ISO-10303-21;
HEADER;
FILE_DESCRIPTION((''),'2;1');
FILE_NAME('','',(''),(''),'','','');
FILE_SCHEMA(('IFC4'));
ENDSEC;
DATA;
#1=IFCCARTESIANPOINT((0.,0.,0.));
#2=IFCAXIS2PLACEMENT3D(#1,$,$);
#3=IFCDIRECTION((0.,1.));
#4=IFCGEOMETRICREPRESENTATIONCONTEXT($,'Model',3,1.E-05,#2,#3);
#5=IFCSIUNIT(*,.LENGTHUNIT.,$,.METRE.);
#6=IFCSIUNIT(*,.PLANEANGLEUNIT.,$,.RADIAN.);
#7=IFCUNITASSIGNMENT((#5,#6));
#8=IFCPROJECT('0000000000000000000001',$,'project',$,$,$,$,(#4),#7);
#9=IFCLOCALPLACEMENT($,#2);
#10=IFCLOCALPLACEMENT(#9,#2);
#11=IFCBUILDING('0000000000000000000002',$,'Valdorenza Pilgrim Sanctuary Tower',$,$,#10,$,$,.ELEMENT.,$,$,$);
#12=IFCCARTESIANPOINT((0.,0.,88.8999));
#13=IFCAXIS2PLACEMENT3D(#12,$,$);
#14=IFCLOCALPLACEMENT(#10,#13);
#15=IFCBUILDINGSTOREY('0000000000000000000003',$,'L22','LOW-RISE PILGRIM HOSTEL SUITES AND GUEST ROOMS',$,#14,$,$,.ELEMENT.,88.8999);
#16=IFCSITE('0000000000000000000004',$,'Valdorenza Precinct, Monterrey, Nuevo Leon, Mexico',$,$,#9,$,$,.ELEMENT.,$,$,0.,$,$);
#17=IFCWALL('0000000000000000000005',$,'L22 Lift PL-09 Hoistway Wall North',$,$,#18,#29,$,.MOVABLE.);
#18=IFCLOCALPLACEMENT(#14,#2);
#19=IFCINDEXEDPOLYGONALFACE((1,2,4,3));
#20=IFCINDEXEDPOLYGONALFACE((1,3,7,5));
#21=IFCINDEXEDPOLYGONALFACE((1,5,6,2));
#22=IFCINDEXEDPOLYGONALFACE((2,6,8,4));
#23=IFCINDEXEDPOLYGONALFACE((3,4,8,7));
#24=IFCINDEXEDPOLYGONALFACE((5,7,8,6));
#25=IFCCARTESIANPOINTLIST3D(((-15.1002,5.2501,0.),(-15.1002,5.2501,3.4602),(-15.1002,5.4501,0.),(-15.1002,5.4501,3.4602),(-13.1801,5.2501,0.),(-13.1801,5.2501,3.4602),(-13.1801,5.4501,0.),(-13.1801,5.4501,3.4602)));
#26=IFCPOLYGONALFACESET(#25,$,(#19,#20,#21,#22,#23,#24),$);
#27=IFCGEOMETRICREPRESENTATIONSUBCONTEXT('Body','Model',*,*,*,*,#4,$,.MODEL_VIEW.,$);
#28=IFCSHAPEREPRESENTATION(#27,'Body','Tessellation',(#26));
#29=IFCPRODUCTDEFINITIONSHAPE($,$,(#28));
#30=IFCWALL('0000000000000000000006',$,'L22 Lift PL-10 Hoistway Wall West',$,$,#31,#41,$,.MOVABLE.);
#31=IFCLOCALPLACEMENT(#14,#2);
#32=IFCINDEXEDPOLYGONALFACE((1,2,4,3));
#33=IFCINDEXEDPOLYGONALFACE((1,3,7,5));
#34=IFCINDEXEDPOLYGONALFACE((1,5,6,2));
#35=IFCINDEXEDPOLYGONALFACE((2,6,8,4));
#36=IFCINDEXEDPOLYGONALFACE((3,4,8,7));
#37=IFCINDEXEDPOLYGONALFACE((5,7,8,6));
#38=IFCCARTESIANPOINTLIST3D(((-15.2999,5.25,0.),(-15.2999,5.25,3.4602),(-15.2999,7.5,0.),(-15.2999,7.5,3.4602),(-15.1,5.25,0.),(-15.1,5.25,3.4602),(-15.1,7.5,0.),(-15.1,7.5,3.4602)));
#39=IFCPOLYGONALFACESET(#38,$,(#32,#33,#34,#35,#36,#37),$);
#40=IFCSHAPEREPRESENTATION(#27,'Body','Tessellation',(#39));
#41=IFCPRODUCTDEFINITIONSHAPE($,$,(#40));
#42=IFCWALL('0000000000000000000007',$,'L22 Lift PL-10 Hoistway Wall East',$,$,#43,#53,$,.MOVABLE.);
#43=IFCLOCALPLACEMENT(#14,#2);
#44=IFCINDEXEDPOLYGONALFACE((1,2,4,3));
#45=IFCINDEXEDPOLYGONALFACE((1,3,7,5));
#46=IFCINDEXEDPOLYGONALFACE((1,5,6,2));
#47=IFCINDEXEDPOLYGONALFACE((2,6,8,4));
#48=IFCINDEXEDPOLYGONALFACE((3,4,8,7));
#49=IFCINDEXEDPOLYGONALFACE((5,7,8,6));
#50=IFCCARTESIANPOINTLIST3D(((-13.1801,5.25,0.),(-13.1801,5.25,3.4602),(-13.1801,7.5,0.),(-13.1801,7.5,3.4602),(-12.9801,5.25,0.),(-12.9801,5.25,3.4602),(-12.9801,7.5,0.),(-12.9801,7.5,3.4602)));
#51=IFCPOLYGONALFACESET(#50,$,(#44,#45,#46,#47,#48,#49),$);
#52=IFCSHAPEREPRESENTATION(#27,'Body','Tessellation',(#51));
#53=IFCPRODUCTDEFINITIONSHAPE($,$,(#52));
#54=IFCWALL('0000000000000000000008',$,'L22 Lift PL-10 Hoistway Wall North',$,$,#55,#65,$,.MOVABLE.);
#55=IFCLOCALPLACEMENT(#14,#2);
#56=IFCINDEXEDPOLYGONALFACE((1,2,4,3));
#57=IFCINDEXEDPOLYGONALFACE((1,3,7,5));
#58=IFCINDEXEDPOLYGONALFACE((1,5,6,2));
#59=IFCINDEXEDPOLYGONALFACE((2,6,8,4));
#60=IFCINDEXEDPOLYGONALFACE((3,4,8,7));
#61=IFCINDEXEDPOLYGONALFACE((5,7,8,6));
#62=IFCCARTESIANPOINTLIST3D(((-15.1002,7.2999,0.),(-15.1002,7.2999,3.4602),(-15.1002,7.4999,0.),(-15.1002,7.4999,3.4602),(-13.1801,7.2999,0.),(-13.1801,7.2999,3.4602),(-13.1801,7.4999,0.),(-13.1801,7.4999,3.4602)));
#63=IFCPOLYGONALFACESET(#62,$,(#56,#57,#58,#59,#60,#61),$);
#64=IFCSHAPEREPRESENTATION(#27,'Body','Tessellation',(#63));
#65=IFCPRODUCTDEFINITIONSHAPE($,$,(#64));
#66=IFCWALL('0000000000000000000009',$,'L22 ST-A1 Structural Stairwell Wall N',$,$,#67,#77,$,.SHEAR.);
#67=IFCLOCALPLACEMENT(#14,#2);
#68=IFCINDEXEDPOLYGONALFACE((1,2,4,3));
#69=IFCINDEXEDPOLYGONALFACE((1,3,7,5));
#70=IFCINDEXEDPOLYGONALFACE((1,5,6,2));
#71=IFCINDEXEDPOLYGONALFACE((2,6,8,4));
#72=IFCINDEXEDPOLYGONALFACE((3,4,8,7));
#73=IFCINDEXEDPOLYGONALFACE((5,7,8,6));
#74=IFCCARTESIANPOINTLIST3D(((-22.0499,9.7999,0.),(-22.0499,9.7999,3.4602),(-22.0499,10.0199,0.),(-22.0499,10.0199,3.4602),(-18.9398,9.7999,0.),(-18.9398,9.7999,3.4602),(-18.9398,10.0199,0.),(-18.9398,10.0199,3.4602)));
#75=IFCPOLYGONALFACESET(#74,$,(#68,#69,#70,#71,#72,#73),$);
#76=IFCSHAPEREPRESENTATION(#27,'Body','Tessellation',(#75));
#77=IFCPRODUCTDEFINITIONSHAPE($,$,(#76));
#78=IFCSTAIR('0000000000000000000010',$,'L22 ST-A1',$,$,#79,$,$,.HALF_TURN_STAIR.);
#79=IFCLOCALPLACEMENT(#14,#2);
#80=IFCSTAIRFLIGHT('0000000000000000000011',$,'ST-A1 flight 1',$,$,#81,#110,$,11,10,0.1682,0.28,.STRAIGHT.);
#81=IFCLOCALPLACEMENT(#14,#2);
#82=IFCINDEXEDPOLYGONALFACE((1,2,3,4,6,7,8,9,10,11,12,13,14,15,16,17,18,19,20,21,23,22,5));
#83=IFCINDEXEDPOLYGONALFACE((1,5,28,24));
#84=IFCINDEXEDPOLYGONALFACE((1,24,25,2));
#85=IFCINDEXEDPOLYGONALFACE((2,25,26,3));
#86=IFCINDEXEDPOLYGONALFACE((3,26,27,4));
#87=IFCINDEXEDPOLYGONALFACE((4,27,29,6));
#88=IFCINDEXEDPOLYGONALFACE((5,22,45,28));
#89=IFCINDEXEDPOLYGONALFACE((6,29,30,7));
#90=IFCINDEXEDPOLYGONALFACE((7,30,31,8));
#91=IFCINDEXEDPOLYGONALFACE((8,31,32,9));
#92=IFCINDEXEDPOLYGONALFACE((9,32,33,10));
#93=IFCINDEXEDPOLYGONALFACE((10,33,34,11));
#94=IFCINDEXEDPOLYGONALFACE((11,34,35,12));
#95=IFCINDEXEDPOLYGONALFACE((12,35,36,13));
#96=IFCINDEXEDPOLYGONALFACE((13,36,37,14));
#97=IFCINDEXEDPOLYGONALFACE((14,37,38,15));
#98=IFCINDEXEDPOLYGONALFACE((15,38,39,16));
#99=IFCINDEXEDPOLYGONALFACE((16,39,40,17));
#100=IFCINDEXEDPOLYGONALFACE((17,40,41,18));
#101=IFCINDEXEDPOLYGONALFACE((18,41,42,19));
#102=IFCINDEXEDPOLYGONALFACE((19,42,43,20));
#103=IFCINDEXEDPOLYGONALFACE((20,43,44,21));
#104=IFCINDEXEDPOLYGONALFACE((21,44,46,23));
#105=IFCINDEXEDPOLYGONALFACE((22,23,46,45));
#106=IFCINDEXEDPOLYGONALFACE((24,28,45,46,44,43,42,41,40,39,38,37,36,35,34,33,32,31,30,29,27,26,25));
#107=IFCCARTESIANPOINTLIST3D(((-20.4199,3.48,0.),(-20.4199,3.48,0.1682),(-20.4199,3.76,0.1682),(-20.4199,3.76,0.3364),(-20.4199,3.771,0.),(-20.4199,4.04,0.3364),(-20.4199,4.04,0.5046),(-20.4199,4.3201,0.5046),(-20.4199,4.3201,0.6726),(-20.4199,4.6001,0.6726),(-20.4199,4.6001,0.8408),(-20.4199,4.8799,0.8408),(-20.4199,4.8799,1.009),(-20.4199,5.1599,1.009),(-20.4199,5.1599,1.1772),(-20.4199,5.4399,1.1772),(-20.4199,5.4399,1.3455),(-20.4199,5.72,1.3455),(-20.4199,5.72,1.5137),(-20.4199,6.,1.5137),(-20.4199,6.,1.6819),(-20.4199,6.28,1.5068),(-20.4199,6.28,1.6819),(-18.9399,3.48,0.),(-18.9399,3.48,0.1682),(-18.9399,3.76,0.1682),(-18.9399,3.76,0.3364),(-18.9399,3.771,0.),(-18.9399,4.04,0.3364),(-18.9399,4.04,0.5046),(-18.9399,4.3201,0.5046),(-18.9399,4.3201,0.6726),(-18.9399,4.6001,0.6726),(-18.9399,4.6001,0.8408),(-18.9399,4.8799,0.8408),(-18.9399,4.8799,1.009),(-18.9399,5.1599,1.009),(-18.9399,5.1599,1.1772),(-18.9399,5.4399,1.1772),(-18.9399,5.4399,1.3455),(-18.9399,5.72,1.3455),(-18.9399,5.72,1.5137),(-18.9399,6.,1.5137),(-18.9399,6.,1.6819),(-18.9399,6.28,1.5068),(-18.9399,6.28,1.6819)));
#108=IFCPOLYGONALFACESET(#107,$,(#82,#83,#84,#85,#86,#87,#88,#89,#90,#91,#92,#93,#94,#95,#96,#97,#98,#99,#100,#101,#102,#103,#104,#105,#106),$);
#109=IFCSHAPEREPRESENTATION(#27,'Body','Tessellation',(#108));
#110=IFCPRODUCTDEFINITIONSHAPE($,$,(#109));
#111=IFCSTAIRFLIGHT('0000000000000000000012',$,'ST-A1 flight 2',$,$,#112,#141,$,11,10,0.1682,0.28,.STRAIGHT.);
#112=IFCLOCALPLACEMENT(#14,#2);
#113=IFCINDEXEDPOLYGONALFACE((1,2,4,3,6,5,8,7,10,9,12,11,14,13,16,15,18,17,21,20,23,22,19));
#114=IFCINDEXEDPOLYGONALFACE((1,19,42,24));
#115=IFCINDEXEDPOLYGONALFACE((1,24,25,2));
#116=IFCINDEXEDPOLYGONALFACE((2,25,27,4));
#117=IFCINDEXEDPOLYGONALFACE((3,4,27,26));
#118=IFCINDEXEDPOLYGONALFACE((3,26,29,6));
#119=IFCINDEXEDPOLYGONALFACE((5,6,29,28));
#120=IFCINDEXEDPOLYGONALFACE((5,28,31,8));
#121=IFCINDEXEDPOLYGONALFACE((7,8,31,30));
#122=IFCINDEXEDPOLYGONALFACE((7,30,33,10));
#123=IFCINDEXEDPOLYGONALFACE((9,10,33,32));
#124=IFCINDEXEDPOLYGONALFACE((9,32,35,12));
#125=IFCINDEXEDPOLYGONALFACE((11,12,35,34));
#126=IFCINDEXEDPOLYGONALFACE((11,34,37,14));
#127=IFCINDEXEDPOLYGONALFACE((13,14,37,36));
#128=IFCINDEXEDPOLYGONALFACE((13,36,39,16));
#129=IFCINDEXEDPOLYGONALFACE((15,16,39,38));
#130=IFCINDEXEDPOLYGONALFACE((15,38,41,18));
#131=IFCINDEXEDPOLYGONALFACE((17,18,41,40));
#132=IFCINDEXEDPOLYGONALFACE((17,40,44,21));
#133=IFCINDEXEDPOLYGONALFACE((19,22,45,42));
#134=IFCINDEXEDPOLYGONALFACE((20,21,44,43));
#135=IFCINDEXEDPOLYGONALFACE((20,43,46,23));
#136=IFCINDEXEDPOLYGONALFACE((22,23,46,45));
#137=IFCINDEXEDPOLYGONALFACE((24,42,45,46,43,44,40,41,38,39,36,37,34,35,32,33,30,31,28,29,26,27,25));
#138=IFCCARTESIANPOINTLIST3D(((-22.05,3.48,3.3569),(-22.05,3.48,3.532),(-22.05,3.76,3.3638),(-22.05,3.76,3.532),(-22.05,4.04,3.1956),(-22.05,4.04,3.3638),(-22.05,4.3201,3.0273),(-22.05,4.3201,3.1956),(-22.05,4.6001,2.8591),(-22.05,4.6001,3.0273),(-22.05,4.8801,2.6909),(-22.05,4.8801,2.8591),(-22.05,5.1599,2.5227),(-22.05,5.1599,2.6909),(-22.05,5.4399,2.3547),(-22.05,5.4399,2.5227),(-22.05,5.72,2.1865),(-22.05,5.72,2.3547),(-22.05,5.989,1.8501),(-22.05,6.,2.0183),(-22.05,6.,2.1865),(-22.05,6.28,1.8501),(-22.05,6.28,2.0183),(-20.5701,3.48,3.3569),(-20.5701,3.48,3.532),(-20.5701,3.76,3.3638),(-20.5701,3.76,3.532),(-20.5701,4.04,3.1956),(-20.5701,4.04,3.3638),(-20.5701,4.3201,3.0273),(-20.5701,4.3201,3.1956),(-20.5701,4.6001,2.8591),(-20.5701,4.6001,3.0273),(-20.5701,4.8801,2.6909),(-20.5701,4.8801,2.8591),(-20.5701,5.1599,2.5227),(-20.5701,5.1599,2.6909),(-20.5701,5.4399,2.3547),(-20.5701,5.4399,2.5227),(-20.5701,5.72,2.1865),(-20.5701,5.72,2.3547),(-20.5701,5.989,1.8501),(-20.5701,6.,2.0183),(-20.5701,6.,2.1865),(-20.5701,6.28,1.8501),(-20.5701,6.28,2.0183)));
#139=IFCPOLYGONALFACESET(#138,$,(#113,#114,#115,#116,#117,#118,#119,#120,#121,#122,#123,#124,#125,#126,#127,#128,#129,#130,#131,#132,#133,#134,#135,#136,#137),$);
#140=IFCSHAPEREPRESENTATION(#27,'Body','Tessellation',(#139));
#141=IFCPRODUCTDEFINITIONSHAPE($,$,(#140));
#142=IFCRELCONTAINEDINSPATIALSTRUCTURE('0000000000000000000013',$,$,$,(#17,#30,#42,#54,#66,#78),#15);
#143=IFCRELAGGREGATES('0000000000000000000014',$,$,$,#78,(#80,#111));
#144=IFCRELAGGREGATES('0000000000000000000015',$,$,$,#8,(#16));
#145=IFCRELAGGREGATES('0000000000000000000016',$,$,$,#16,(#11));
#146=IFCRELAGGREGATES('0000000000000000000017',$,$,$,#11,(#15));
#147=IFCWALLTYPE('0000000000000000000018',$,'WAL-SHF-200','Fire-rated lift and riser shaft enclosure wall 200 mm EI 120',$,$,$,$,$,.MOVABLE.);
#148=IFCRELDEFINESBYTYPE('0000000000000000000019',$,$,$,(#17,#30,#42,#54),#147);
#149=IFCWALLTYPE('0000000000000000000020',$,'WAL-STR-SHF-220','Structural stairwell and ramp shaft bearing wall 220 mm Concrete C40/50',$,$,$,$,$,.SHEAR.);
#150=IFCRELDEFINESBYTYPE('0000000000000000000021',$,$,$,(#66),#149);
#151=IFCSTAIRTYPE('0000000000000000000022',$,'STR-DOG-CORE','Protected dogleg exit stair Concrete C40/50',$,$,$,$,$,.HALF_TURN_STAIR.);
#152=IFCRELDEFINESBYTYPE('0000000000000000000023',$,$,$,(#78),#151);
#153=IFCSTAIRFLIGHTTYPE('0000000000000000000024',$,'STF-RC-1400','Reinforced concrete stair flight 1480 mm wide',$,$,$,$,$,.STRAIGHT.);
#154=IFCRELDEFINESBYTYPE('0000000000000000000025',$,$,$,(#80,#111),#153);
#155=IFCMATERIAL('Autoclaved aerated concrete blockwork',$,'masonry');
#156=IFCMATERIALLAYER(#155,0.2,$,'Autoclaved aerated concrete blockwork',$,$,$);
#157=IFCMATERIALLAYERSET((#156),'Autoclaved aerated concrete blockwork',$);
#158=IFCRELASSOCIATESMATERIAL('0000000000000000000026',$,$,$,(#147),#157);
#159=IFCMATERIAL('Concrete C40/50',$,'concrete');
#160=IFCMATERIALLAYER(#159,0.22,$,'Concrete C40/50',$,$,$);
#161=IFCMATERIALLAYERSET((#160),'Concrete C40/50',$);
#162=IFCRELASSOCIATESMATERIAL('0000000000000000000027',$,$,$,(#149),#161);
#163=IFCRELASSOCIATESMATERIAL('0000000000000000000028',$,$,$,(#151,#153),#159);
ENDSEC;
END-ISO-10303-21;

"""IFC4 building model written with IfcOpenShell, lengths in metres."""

from ifc_helpers import new_model, si_unit, direction, frame, frame_2d, origin, place, context, subcontext, project, spatial, polyline, rectangle, outline, extrude, material, layer, layer_set, type_object, element, aggregate, save


model = new_model("IFC4")

# Units and contexts
model_context = context("Model", 3, precision=1e-05, world=origin(), true_north=direction((0.0, 1.0)))
body_context = subcontext(model_context, "Body", "Model", "MODEL_VIEW")
ifc_project = project(units=[si_unit("LENGTHUNIT", "METRE"), si_unit("PLANEANGLEUNIT", "RADIAN")], contexts=[model_context])

# Site, building, storey
site_placement = place(None, origin())
site = spatial("IfcSite", under=ifc_project, at=site_placement, Name="Valdorenza Precinct, Monterrey, Nuevo Leon, Mexico", CompositionType="ELEMENT", RefElevation=0.0)
building_placement = place(site_placement, origin())
building = spatial("IfcBuilding", under=site, at=building_placement, Name="Valdorenza Pilgrim Sanctuary Tower", CompositionType="ELEMENT")
storey_placement = place(building_placement, frame((0.0, 0.0, 88.8999)))
storey = spatial("IfcBuildingStorey", under=building, at=storey_placement, Name="L22", Description="LOW-RISE PILGRIM HOSTEL SUITES AND GUEST ROOMS", CompositionType="ELEMENT", Elevation=88.8999)

# Shared definitions
ifc_material_1 = material(Name="Autoclaved aerated concrete blockwork", Category="masonry")
ifc_layer_1 = layer(ifc_material_1, 0.2, Name="Autoclaved aerated concrete blockwork")
ifc_layer_set_1 = layer_set([ifc_layer_1], Name="Autoclaved aerated concrete blockwork")
wall_type_1 = type_object("IfcWallType", Name="WAL-SHF-200", Description="Fire-rated lift and riser shaft enclosure wall 200 mm EI 120", PredefinedType="MOVABLE", material=ifc_layer_set_1)

# Walls
for number, where, z_axis, x_axis, name in (
    (1, (-15.1001, 5.3501, 0.0), (0.0, 0.0, 1.0), (1.0, 0.0, 0.0), "L22 Lift PL-09 Hoistway Wall North"),
):
    element("IfcWall", number, at=place(storey_placement, frame(where, z_axis=z_axis, x_axis=x_axis)), inside=storey, type_object=wall_type_1, Name=name, PredefinedType="MOVABLE", context=body_context, shape_type="SweptSolid", body=[
        extrude(rectangle(XDim=1.9202, YDim=0.2, at=frame_2d((0.96, 0.0))), origin(), (0.0, 0.0, 1.0), 3.4602),
    ])
for number, where, z_axis, x_axis, name in (
    (2, (-15.2, 5.25, 0.0), (0.0, 0.0, 1.0), (0.0, 1.0, 0.0), "L22 Lift PL-10 Hoistway Wall West"),
    (3, (-13.0801, 5.25, 0.0), (0.0, 0.0, 1.0), (0.0, 1.0, 0.0), "L22 Lift PL-10 Hoistway Wall East"),
):
    element("IfcWall", number, at=place(storey_placement, frame(where, z_axis=z_axis, x_axis=x_axis)), inside=storey, type_object=wall_type_1, Name=name, PredefinedType="MOVABLE", context=body_context, shape_type="SweptSolid", body=[
        extrude(rectangle(XDim=2.25, YDim=0.2, at=frame_2d((1.125, 0.0))), origin(), (0.0, 0.0, 1.0), 3.4602),
    ])
wall_1_placement = place(storey_placement, frame((-15.1001, 7.3999, 0.0), z_axis=(0.0, 0.0, 1.0), x_axis=(1.0, 0.0, 0.0)))
element("IfcWall", 4, at=wall_1_placement, inside=storey, type_object=wall_type_1, Name="L22 Lift PL-10 Hoistway Wall North", PredefinedType="MOVABLE", context=body_context, shape_type="SweptSolid", body=[
    extrude(rectangle(XDim=1.9202, YDim=0.2, at=frame_2d((0.96, 0.0))), origin(), (0.0, 0.0, 1.0), 3.4602),
])
ifc_material_2 = material(Name="Concrete C40/50", Category="concrete")
ifc_layer_2 = layer(ifc_material_2, 0.22, Name="Concrete C40/50")
ifc_layer_set_2 = layer_set([ifc_layer_2], Name="Concrete C40/50")
wall_type_2 = type_object("IfcWallType", Name="WAL-STR-SHF-220", Description="Structural stairwell and ramp shaft bearing wall 220 mm Concrete C40/50", PredefinedType="SHEAR", material=ifc_layer_set_2)
wall_2_placement = place(storey_placement, frame((-22.05, 9.9099, 0.0), z_axis=(0.0, 0.0, 1.0), x_axis=(1.0, 0.0, 0.0)))
element("IfcWall", 5, at=wall_2_placement, inside=storey, type_object=wall_type_2, Name="L22 ST-A1 Structural Stairwell Wall N", PredefinedType="SHEAR", context=body_context, shape_type="SweptSolid", body=[
    extrude(rectangle(XDim=3.1101, YDim=0.22, at=frame_2d((1.5552, 0.0))), origin(), (0.0, 0.0, 1.0), 3.4602),
])

# Stair, stair flights
stair_type = type_object("IfcStairType", Name="STR-DOG-CORE", Description="Protected dogleg exit stair Concrete C40/50", PredefinedType="HALF_TURN_STAIR", material=ifc_material_2)
stair_placement = place(storey_placement, origin())
stair = element("IfcStair", 6, at=stair_placement, inside=storey, type_object=stair_type, Name="L22 ST-A1", PredefinedType="HALF_TURN_STAIR")
stair_flight_type = type_object("IfcStairFlightType", Name="STF-RC-1400", Description="Reinforced concrete stair flight 1480 mm wide", PredefinedType="STRAIGHT", material=ifc_material_2)
stair_flight_1_placement = place(storey_placement, frame((-19.6799, 3.48, 0.0), z_axis=(0.0, 0.0, 1.0), x_axis=(0.0, 1.0, 0.0)))
stair_flight_1 = element("IfcStairFlight", 7, at=stair_flight_1_placement, type_object=stair_flight_type, Name="ST-A1 flight 1", NumberOfRisers=11, NumberOfTreads=10, PredefinedType="STRAIGHT", RiserHeight=0.1682, TreadLength=0.28, context=body_context, shape_type="SweptSolid", body=[
    extrude(outline(polyline([(0.0, 0.0), (0.0, 0.1682), (0.28, 0.1682), (0.28, 0.3364), (0.5601, 0.3364), (0.5601, 0.5046), (0.8401, 0.5046), (0.8401, 0.6726), (1.1201, 0.6726), (1.1201, 0.8408), (1.3999, 0.8408), (1.3999, 1.009), (1.6799, 1.009), (1.6799, 1.1772), (1.96, 1.1772), (1.96, 1.3455), (2.24, 1.3455), (2.24, 1.5137), (2.52, 1.5137), (2.52, 1.6819), (2.8, 1.6819), (2.8, 1.8501), (2.8, 1.5068), (0.291, 0.0), (0.0, 0.0)])), frame((0.0, 0.74, 0.0), z_axis=(0.0, -1.0, 0.0), x_axis=(1.0, 0.0, 0.0)), (0.0, 0.0, 1.0), 1.48),
])
stair_flight_2_placement = place(storey_placement, frame((-21.3101, 6.28, 1.8501), z_axis=(0.0, 0.0, 1.0), x_axis=(0.0, -1.0, 0.0)))
stair_flight_2 = element("IfcStairFlight", 8, at=stair_flight_2_placement, type_object=stair_flight_type, Name="ST-A1 flight 2", NumberOfRisers=11, NumberOfTreads=10, PredefinedType="STRAIGHT", RiserHeight=0.1682, TreadLength=0.28, context=body_context, shape_type="SweptSolid", body=[
    extrude(outline(polyline([(0.0, 0.0), (0.0, 0.1682), (0.28, 0.1682), (0.28, 0.3364), (0.5601, 0.3364), (0.5601, 0.5046), (0.8401, 0.5046), (0.8401, 0.6726), (1.1201, 0.6726), (1.1201, 0.8408), (1.3999, 0.8408), (1.3999, 1.009), (1.6799, 1.009), (1.6799, 1.1772), (1.96, 1.1772), (1.96, 1.3455), (2.24, 1.3455), (2.24, 1.5137), (2.52, 1.5137), (2.52, 1.6819), (2.8, 1.6819), (2.8, 1.8501), (2.8, 1.5068), (0.291, 0.0), (0.0, 0.0)])), frame((0.0, 0.74, 0.0), z_axis=(0.0, -1.0, 0.0), x_axis=(1.0, 0.0, 0.0)), (0.0, 0.0, 1.0), 1.48),
])
aggregate(stair, [stair_flight_1, stair_flight_2])

save(model, "model.ifc")
